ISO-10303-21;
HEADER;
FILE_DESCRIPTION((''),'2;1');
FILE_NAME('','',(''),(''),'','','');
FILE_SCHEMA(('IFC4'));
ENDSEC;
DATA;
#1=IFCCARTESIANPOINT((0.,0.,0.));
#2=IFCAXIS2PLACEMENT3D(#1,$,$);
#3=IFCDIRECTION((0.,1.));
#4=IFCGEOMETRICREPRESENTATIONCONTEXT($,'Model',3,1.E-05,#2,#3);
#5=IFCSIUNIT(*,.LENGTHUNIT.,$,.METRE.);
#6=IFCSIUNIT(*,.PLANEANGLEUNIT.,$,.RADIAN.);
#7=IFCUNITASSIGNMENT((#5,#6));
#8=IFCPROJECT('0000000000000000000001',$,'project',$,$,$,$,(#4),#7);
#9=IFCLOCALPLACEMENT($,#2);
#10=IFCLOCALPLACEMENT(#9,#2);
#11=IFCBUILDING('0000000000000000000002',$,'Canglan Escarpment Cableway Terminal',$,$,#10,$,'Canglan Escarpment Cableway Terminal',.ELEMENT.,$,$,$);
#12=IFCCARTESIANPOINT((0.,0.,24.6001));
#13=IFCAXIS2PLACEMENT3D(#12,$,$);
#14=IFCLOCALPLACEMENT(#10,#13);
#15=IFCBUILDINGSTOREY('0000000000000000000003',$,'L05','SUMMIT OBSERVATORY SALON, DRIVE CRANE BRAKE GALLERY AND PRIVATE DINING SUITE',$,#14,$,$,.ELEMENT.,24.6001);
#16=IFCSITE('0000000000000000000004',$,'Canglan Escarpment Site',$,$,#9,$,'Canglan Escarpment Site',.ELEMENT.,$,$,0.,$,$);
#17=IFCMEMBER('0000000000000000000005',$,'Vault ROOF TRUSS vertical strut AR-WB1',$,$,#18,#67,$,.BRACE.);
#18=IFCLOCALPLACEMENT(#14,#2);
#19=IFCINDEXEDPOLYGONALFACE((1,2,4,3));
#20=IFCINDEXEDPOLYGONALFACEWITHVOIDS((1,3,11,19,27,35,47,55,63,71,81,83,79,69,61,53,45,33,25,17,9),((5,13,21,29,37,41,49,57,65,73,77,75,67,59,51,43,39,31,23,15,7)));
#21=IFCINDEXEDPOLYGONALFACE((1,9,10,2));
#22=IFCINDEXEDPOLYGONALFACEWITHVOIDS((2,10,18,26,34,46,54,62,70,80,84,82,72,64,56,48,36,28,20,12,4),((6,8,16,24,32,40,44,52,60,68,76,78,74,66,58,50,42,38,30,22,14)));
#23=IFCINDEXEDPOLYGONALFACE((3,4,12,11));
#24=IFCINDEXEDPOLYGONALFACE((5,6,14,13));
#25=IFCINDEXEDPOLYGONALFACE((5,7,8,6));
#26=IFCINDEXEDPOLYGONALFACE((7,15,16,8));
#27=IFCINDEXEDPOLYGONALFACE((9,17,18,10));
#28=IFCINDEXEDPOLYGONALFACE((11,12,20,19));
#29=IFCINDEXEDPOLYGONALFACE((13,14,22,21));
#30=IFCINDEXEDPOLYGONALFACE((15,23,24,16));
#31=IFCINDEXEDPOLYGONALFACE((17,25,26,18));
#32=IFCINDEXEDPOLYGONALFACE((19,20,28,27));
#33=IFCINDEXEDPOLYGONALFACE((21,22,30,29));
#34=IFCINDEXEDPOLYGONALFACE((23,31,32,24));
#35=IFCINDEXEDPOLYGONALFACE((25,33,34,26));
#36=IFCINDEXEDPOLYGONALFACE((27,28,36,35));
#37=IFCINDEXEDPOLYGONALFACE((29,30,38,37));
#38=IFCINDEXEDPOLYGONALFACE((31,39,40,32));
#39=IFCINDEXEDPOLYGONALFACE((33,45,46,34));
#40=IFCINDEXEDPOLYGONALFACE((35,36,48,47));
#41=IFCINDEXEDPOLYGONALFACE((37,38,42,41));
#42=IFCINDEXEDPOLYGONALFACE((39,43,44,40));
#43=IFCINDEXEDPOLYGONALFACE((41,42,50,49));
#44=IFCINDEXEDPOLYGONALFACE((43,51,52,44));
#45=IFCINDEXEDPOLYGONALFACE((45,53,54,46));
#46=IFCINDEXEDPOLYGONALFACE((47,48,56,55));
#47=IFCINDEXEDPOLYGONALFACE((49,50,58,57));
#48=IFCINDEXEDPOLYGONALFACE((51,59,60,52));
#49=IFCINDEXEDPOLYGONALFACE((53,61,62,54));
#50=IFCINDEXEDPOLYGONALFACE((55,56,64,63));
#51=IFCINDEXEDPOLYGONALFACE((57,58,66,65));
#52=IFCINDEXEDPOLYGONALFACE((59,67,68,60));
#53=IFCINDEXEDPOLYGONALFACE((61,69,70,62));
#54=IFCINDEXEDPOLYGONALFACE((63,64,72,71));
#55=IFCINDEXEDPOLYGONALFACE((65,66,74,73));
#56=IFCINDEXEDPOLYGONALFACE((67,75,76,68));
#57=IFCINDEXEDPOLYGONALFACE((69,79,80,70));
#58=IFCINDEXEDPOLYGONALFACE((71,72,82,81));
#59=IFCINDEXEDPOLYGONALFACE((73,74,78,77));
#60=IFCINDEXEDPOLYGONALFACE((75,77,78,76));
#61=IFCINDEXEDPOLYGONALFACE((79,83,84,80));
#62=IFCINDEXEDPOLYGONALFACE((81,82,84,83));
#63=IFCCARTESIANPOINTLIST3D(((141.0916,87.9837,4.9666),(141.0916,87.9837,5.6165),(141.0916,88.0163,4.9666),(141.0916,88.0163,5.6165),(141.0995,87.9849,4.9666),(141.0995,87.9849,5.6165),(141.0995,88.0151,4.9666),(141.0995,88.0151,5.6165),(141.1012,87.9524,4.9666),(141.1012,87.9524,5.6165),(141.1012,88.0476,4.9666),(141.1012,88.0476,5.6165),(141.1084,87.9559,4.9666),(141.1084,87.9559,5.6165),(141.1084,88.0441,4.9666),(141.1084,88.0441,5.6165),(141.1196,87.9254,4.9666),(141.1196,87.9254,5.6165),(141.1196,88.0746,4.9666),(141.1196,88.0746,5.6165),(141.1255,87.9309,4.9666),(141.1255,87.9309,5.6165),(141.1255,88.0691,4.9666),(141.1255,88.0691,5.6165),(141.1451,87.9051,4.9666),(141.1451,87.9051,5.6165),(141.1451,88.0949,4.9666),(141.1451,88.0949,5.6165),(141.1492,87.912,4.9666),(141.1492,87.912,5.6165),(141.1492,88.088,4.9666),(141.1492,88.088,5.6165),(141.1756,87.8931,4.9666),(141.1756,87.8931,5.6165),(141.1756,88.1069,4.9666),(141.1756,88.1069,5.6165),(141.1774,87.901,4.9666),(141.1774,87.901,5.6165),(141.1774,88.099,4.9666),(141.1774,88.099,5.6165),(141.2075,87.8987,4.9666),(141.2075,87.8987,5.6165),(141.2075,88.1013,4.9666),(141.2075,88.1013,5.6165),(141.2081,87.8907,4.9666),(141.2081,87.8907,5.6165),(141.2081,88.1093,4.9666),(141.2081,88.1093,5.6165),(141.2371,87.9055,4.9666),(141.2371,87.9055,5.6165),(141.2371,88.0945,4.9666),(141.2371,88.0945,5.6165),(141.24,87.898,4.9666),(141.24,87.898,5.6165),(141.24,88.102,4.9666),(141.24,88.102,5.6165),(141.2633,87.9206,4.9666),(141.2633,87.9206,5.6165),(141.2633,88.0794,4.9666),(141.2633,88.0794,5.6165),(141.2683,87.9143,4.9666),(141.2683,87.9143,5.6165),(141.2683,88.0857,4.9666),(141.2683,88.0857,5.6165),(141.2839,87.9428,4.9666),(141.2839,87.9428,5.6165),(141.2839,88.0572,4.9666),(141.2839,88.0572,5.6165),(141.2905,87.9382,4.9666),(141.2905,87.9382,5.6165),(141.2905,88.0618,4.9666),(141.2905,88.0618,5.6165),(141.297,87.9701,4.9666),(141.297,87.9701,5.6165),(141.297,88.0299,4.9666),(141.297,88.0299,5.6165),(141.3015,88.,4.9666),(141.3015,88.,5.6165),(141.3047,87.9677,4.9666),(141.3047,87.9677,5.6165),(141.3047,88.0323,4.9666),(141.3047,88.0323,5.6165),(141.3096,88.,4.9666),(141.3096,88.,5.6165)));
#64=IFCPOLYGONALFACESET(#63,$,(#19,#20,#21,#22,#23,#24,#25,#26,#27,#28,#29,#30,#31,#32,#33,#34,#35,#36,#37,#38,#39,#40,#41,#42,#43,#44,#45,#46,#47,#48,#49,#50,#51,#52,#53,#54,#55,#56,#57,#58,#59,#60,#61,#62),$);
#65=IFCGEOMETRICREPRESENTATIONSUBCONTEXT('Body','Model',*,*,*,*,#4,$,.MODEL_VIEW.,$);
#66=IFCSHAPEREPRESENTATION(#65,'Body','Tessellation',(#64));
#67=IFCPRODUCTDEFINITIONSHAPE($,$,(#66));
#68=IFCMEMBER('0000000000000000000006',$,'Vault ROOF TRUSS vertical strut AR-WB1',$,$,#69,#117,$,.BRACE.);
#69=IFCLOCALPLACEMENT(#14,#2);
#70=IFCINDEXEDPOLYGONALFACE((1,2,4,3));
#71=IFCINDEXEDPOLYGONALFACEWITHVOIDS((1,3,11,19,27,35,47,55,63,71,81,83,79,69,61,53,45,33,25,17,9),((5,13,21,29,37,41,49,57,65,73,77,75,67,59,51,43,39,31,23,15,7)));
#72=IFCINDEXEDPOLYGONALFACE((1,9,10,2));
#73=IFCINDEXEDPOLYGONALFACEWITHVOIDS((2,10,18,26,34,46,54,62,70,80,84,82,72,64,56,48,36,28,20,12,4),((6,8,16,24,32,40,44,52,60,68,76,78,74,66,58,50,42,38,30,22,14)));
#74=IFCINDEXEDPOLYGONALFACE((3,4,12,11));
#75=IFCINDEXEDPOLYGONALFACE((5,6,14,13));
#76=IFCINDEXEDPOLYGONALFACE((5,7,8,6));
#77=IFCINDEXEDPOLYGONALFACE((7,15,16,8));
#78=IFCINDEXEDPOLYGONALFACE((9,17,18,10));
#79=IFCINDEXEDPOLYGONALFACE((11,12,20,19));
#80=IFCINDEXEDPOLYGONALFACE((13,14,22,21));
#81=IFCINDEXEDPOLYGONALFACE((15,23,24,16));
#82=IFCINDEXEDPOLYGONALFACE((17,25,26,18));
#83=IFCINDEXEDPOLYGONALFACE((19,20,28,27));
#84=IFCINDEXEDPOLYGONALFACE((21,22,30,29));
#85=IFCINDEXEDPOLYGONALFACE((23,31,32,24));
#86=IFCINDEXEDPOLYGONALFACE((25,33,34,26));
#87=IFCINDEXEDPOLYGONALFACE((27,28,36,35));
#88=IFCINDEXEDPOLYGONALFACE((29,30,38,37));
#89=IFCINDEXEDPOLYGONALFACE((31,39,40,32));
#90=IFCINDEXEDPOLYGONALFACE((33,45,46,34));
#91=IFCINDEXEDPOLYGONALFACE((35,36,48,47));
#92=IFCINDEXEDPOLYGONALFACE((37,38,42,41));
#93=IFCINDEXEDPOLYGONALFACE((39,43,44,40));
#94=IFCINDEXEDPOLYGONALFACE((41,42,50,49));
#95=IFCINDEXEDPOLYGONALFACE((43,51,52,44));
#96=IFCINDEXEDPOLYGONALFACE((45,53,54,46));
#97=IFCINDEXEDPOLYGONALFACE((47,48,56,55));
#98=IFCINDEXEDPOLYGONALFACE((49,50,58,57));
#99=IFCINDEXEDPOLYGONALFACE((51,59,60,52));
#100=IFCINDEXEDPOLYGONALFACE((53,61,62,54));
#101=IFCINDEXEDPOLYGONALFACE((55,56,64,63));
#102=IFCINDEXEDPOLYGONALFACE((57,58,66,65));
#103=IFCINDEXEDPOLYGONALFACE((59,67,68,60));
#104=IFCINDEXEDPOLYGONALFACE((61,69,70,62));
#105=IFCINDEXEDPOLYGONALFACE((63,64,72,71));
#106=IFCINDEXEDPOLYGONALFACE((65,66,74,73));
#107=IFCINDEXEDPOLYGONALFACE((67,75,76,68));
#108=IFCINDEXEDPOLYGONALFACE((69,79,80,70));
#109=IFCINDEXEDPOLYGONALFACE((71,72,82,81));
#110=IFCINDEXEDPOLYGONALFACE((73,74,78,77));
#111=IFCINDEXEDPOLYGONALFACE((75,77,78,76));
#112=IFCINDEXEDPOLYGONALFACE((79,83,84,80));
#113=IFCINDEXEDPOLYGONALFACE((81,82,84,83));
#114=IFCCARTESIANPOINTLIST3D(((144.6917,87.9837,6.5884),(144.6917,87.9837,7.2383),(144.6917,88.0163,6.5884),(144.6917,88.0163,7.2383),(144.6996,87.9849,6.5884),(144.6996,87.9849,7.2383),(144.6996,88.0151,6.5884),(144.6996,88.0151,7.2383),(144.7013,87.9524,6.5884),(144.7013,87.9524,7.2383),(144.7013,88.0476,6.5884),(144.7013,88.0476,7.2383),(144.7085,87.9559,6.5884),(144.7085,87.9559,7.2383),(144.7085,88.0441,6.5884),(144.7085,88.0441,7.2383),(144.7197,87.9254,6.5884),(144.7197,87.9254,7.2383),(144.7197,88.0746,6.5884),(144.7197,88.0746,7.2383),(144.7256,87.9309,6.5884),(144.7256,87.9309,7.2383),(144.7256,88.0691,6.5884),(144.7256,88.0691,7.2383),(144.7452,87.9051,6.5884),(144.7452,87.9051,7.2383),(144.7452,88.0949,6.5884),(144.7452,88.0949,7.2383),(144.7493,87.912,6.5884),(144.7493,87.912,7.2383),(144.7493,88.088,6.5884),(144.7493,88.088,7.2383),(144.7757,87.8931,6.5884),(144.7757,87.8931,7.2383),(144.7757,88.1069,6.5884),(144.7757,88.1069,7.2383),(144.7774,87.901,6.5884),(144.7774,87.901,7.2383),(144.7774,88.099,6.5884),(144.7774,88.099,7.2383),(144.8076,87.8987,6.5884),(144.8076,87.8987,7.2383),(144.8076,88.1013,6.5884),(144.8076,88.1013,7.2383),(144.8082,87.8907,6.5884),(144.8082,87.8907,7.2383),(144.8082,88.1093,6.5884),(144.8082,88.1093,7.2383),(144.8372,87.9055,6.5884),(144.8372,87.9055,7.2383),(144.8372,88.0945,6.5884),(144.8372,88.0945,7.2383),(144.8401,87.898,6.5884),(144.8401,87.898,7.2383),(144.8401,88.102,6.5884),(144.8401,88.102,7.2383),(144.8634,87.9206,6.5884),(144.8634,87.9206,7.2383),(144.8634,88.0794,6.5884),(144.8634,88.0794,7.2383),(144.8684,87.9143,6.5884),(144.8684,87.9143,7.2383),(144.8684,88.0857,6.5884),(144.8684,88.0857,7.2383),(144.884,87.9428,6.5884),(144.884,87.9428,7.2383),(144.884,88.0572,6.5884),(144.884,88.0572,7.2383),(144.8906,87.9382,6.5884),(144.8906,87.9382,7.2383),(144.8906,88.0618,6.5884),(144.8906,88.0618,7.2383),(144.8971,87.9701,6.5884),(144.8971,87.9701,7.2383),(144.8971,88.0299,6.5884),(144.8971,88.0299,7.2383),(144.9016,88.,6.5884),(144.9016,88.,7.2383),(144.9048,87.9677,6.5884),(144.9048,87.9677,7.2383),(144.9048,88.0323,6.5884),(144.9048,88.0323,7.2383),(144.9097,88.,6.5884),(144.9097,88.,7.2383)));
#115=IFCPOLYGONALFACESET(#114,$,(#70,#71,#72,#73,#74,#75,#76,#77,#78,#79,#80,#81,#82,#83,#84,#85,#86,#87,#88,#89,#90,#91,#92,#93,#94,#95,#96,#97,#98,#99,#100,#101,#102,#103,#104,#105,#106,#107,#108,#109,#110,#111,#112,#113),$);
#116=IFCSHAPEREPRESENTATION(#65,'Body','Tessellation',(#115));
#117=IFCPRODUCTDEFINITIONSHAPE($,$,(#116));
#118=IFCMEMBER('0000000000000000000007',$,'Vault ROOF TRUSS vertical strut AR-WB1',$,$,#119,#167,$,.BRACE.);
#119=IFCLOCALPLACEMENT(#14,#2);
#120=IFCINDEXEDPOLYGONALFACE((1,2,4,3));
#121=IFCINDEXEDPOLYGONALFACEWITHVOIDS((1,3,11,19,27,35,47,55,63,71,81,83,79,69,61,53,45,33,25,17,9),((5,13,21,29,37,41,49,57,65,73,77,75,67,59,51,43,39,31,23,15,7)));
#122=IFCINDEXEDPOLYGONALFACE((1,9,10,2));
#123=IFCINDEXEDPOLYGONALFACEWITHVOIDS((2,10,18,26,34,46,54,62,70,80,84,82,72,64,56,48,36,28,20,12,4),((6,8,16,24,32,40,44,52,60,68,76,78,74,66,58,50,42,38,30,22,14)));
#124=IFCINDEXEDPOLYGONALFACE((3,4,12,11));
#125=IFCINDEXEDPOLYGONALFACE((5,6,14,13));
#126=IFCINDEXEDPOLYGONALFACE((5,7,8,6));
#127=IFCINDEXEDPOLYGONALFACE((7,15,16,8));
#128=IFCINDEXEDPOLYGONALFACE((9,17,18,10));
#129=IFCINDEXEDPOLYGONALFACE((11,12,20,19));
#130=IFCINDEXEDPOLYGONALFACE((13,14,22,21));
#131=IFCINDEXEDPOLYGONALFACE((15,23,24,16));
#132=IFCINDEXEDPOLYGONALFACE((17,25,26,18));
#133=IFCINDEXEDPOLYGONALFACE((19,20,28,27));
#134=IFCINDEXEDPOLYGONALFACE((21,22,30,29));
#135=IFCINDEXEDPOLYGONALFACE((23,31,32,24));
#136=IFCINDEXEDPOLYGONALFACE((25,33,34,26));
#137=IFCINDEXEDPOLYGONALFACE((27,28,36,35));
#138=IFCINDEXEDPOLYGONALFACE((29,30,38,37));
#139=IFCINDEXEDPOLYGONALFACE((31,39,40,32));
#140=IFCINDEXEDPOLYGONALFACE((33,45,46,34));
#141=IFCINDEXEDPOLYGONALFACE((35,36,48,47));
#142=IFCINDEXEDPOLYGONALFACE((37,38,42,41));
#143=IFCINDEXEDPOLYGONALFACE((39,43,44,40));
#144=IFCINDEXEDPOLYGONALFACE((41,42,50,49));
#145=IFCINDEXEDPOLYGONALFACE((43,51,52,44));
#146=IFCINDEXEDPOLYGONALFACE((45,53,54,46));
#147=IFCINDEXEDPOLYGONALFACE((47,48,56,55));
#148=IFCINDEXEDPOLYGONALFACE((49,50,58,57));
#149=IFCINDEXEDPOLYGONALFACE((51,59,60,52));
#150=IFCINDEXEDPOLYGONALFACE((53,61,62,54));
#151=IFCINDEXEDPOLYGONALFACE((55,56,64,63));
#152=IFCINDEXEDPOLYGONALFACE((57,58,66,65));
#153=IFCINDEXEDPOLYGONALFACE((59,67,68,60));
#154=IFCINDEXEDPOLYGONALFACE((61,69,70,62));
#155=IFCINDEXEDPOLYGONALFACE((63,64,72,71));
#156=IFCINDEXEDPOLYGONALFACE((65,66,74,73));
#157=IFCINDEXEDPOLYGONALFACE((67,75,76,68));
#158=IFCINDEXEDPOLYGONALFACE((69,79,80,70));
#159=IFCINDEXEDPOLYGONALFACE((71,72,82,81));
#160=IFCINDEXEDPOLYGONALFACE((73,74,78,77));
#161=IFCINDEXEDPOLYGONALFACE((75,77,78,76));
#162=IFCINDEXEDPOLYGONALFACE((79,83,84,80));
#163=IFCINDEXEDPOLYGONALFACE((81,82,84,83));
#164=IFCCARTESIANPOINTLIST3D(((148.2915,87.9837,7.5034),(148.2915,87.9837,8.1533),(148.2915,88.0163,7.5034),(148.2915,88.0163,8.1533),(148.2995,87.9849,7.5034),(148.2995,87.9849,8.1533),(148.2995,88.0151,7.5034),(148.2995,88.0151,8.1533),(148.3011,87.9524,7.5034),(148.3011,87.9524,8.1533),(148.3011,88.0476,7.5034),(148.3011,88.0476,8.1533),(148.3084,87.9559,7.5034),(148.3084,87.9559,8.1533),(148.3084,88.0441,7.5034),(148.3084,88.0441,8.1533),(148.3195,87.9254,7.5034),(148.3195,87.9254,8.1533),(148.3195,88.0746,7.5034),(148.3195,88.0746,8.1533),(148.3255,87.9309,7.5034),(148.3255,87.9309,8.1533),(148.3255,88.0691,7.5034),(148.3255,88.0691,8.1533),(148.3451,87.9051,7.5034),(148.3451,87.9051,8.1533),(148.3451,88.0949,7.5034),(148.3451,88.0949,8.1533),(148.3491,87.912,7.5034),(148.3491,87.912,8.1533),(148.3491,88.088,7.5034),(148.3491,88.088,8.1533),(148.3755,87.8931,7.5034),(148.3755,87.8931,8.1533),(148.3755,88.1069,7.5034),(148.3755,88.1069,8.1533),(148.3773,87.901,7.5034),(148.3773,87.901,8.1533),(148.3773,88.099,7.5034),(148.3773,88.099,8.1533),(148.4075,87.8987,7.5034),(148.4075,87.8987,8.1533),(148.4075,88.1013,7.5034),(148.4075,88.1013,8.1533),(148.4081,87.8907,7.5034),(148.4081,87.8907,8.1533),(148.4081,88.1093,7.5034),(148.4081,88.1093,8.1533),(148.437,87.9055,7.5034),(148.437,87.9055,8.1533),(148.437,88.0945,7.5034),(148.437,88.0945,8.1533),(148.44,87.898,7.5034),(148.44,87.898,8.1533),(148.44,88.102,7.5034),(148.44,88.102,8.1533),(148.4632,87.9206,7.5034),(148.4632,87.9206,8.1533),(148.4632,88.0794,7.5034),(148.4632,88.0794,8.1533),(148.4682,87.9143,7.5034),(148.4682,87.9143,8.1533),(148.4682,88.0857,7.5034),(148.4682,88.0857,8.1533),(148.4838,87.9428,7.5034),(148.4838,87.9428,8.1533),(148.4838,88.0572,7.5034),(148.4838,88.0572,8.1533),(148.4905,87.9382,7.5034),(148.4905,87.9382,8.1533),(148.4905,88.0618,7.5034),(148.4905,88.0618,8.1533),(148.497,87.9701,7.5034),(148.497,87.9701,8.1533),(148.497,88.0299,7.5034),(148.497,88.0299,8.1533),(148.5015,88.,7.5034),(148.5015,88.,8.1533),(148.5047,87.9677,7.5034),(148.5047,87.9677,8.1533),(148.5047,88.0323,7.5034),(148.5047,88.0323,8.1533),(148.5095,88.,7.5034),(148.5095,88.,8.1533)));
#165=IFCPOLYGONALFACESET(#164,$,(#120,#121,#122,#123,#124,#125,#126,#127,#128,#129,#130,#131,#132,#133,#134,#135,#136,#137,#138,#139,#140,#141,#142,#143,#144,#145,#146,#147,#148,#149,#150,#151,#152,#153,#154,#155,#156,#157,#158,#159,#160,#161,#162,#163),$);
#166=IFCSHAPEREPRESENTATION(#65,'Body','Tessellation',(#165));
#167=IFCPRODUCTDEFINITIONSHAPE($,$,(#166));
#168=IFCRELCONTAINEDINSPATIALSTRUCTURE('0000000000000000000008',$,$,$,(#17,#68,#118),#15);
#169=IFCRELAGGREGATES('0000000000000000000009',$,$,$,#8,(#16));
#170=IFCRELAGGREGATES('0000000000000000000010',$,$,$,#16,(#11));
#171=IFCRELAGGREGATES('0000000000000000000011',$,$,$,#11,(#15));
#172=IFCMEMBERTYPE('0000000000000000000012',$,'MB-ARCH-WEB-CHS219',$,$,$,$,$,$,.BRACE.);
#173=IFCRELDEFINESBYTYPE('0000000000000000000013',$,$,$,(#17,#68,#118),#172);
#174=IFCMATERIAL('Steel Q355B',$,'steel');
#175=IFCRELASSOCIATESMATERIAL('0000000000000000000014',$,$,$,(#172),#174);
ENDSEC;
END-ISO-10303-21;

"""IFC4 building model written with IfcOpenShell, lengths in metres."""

from ifc_helpers import new_model, si_unit, direction, frame, origin, origin_2d, place, context, subcontext, project, spatial, hollow_circle, extrude, material, material_profile, profile_set, type_object, element, save


model = new_model("IFC4")

# Units and contexts
model_context = context("Model", 3, precision=1e-05, world=origin(), true_north=direction((0.0, 1.0)))
body_context = subcontext(model_context, "Body", "Model", "MODEL_VIEW")
ifc_project = project(units=[si_unit("LENGTHUNIT", "METRE"), si_unit("PLANEANGLEUNIT", "RADIAN")], contexts=[model_context])

# Site, building, storey
site_placement = place(None, origin())
site = spatial("IfcSite", under=ifc_project, at=site_placement, Name="Canglan Escarpment Site", LongName="Canglan Escarpment Site", CompositionType="ELEMENT", RefElevation=0.0)
building_placement = place(site_placement, origin())
building = spatial("IfcBuilding", under=site, at=building_placement, Name="Canglan Escarpment Cableway Terminal", LongName="Canglan Escarpment Cableway Terminal", CompositionType="ELEMENT")
storey_placement = place(building_placement, frame((0.0, 0.0, 24.6001)))
storey = spatial("IfcBuildingStorey", under=building, at=storey_placement, Name="L05", Description="SUMMIT OBSERVATORY SALON, DRIVE CRANE BRAKE GALLERY AND PRIVATE DINING SUITE", CompositionType="ELEMENT", Elevation=24.6001)

# Shared definitions
ifc_material_1 = material(Name="Steel Q355B", Category="steel")

# Members
ifc_material_profile_1 = material_profile(ifc_material_1, hollow_circle(Radius=0.1096, WallThickness=0.0081, at=origin_2d()), Name="CHS 219.1x8")
ifc_profile_set_1 = profile_set([ifc_material_profile_1], Name="Steel Q355B")
member_type_1 = type_object("IfcMemberType", Name="MB-ARCH-WEB-CHS219", PredefinedType="BRACE", material=ifc_profile_set_1)
for number, where, z_axis, x_axis, name in (
    (1, (141.2, 88.0, 4.9666), (0.0, 0.0, 1.0), (1.0, 0.0, 0.0), "Vault ROOF TRUSS vertical strut AR-WB1"),
    (2, (144.8, 88.0, 6.5884), (0.0, 0.0, 1.0), (1.0, 0.0, 0.0), "Vault ROOF TRUSS vertical strut AR-WB1"),
    (3, (148.3999, 88.0, 7.5034), (0.0, 0.0, 1.0), (1.0, 0.0, 0.0), "Vault ROOF TRUSS vertical strut AR-WB1"),
):
    element("IfcMember", number, at=place(storey_placement, frame(where, z_axis=z_axis, x_axis=x_axis)), inside=storey, type_object=member_type_1, Name=name, PredefinedType="BRACE", context=body_context, shape_type="SweptSolid", body=[
        extrude(hollow_circle(Radius=0.1096, WallThickness=0.0081, at=origin_2d()), origin(), (0.0, 0.0, 1.0), 0.6499),
    ])

save(model, "model.ifc")
